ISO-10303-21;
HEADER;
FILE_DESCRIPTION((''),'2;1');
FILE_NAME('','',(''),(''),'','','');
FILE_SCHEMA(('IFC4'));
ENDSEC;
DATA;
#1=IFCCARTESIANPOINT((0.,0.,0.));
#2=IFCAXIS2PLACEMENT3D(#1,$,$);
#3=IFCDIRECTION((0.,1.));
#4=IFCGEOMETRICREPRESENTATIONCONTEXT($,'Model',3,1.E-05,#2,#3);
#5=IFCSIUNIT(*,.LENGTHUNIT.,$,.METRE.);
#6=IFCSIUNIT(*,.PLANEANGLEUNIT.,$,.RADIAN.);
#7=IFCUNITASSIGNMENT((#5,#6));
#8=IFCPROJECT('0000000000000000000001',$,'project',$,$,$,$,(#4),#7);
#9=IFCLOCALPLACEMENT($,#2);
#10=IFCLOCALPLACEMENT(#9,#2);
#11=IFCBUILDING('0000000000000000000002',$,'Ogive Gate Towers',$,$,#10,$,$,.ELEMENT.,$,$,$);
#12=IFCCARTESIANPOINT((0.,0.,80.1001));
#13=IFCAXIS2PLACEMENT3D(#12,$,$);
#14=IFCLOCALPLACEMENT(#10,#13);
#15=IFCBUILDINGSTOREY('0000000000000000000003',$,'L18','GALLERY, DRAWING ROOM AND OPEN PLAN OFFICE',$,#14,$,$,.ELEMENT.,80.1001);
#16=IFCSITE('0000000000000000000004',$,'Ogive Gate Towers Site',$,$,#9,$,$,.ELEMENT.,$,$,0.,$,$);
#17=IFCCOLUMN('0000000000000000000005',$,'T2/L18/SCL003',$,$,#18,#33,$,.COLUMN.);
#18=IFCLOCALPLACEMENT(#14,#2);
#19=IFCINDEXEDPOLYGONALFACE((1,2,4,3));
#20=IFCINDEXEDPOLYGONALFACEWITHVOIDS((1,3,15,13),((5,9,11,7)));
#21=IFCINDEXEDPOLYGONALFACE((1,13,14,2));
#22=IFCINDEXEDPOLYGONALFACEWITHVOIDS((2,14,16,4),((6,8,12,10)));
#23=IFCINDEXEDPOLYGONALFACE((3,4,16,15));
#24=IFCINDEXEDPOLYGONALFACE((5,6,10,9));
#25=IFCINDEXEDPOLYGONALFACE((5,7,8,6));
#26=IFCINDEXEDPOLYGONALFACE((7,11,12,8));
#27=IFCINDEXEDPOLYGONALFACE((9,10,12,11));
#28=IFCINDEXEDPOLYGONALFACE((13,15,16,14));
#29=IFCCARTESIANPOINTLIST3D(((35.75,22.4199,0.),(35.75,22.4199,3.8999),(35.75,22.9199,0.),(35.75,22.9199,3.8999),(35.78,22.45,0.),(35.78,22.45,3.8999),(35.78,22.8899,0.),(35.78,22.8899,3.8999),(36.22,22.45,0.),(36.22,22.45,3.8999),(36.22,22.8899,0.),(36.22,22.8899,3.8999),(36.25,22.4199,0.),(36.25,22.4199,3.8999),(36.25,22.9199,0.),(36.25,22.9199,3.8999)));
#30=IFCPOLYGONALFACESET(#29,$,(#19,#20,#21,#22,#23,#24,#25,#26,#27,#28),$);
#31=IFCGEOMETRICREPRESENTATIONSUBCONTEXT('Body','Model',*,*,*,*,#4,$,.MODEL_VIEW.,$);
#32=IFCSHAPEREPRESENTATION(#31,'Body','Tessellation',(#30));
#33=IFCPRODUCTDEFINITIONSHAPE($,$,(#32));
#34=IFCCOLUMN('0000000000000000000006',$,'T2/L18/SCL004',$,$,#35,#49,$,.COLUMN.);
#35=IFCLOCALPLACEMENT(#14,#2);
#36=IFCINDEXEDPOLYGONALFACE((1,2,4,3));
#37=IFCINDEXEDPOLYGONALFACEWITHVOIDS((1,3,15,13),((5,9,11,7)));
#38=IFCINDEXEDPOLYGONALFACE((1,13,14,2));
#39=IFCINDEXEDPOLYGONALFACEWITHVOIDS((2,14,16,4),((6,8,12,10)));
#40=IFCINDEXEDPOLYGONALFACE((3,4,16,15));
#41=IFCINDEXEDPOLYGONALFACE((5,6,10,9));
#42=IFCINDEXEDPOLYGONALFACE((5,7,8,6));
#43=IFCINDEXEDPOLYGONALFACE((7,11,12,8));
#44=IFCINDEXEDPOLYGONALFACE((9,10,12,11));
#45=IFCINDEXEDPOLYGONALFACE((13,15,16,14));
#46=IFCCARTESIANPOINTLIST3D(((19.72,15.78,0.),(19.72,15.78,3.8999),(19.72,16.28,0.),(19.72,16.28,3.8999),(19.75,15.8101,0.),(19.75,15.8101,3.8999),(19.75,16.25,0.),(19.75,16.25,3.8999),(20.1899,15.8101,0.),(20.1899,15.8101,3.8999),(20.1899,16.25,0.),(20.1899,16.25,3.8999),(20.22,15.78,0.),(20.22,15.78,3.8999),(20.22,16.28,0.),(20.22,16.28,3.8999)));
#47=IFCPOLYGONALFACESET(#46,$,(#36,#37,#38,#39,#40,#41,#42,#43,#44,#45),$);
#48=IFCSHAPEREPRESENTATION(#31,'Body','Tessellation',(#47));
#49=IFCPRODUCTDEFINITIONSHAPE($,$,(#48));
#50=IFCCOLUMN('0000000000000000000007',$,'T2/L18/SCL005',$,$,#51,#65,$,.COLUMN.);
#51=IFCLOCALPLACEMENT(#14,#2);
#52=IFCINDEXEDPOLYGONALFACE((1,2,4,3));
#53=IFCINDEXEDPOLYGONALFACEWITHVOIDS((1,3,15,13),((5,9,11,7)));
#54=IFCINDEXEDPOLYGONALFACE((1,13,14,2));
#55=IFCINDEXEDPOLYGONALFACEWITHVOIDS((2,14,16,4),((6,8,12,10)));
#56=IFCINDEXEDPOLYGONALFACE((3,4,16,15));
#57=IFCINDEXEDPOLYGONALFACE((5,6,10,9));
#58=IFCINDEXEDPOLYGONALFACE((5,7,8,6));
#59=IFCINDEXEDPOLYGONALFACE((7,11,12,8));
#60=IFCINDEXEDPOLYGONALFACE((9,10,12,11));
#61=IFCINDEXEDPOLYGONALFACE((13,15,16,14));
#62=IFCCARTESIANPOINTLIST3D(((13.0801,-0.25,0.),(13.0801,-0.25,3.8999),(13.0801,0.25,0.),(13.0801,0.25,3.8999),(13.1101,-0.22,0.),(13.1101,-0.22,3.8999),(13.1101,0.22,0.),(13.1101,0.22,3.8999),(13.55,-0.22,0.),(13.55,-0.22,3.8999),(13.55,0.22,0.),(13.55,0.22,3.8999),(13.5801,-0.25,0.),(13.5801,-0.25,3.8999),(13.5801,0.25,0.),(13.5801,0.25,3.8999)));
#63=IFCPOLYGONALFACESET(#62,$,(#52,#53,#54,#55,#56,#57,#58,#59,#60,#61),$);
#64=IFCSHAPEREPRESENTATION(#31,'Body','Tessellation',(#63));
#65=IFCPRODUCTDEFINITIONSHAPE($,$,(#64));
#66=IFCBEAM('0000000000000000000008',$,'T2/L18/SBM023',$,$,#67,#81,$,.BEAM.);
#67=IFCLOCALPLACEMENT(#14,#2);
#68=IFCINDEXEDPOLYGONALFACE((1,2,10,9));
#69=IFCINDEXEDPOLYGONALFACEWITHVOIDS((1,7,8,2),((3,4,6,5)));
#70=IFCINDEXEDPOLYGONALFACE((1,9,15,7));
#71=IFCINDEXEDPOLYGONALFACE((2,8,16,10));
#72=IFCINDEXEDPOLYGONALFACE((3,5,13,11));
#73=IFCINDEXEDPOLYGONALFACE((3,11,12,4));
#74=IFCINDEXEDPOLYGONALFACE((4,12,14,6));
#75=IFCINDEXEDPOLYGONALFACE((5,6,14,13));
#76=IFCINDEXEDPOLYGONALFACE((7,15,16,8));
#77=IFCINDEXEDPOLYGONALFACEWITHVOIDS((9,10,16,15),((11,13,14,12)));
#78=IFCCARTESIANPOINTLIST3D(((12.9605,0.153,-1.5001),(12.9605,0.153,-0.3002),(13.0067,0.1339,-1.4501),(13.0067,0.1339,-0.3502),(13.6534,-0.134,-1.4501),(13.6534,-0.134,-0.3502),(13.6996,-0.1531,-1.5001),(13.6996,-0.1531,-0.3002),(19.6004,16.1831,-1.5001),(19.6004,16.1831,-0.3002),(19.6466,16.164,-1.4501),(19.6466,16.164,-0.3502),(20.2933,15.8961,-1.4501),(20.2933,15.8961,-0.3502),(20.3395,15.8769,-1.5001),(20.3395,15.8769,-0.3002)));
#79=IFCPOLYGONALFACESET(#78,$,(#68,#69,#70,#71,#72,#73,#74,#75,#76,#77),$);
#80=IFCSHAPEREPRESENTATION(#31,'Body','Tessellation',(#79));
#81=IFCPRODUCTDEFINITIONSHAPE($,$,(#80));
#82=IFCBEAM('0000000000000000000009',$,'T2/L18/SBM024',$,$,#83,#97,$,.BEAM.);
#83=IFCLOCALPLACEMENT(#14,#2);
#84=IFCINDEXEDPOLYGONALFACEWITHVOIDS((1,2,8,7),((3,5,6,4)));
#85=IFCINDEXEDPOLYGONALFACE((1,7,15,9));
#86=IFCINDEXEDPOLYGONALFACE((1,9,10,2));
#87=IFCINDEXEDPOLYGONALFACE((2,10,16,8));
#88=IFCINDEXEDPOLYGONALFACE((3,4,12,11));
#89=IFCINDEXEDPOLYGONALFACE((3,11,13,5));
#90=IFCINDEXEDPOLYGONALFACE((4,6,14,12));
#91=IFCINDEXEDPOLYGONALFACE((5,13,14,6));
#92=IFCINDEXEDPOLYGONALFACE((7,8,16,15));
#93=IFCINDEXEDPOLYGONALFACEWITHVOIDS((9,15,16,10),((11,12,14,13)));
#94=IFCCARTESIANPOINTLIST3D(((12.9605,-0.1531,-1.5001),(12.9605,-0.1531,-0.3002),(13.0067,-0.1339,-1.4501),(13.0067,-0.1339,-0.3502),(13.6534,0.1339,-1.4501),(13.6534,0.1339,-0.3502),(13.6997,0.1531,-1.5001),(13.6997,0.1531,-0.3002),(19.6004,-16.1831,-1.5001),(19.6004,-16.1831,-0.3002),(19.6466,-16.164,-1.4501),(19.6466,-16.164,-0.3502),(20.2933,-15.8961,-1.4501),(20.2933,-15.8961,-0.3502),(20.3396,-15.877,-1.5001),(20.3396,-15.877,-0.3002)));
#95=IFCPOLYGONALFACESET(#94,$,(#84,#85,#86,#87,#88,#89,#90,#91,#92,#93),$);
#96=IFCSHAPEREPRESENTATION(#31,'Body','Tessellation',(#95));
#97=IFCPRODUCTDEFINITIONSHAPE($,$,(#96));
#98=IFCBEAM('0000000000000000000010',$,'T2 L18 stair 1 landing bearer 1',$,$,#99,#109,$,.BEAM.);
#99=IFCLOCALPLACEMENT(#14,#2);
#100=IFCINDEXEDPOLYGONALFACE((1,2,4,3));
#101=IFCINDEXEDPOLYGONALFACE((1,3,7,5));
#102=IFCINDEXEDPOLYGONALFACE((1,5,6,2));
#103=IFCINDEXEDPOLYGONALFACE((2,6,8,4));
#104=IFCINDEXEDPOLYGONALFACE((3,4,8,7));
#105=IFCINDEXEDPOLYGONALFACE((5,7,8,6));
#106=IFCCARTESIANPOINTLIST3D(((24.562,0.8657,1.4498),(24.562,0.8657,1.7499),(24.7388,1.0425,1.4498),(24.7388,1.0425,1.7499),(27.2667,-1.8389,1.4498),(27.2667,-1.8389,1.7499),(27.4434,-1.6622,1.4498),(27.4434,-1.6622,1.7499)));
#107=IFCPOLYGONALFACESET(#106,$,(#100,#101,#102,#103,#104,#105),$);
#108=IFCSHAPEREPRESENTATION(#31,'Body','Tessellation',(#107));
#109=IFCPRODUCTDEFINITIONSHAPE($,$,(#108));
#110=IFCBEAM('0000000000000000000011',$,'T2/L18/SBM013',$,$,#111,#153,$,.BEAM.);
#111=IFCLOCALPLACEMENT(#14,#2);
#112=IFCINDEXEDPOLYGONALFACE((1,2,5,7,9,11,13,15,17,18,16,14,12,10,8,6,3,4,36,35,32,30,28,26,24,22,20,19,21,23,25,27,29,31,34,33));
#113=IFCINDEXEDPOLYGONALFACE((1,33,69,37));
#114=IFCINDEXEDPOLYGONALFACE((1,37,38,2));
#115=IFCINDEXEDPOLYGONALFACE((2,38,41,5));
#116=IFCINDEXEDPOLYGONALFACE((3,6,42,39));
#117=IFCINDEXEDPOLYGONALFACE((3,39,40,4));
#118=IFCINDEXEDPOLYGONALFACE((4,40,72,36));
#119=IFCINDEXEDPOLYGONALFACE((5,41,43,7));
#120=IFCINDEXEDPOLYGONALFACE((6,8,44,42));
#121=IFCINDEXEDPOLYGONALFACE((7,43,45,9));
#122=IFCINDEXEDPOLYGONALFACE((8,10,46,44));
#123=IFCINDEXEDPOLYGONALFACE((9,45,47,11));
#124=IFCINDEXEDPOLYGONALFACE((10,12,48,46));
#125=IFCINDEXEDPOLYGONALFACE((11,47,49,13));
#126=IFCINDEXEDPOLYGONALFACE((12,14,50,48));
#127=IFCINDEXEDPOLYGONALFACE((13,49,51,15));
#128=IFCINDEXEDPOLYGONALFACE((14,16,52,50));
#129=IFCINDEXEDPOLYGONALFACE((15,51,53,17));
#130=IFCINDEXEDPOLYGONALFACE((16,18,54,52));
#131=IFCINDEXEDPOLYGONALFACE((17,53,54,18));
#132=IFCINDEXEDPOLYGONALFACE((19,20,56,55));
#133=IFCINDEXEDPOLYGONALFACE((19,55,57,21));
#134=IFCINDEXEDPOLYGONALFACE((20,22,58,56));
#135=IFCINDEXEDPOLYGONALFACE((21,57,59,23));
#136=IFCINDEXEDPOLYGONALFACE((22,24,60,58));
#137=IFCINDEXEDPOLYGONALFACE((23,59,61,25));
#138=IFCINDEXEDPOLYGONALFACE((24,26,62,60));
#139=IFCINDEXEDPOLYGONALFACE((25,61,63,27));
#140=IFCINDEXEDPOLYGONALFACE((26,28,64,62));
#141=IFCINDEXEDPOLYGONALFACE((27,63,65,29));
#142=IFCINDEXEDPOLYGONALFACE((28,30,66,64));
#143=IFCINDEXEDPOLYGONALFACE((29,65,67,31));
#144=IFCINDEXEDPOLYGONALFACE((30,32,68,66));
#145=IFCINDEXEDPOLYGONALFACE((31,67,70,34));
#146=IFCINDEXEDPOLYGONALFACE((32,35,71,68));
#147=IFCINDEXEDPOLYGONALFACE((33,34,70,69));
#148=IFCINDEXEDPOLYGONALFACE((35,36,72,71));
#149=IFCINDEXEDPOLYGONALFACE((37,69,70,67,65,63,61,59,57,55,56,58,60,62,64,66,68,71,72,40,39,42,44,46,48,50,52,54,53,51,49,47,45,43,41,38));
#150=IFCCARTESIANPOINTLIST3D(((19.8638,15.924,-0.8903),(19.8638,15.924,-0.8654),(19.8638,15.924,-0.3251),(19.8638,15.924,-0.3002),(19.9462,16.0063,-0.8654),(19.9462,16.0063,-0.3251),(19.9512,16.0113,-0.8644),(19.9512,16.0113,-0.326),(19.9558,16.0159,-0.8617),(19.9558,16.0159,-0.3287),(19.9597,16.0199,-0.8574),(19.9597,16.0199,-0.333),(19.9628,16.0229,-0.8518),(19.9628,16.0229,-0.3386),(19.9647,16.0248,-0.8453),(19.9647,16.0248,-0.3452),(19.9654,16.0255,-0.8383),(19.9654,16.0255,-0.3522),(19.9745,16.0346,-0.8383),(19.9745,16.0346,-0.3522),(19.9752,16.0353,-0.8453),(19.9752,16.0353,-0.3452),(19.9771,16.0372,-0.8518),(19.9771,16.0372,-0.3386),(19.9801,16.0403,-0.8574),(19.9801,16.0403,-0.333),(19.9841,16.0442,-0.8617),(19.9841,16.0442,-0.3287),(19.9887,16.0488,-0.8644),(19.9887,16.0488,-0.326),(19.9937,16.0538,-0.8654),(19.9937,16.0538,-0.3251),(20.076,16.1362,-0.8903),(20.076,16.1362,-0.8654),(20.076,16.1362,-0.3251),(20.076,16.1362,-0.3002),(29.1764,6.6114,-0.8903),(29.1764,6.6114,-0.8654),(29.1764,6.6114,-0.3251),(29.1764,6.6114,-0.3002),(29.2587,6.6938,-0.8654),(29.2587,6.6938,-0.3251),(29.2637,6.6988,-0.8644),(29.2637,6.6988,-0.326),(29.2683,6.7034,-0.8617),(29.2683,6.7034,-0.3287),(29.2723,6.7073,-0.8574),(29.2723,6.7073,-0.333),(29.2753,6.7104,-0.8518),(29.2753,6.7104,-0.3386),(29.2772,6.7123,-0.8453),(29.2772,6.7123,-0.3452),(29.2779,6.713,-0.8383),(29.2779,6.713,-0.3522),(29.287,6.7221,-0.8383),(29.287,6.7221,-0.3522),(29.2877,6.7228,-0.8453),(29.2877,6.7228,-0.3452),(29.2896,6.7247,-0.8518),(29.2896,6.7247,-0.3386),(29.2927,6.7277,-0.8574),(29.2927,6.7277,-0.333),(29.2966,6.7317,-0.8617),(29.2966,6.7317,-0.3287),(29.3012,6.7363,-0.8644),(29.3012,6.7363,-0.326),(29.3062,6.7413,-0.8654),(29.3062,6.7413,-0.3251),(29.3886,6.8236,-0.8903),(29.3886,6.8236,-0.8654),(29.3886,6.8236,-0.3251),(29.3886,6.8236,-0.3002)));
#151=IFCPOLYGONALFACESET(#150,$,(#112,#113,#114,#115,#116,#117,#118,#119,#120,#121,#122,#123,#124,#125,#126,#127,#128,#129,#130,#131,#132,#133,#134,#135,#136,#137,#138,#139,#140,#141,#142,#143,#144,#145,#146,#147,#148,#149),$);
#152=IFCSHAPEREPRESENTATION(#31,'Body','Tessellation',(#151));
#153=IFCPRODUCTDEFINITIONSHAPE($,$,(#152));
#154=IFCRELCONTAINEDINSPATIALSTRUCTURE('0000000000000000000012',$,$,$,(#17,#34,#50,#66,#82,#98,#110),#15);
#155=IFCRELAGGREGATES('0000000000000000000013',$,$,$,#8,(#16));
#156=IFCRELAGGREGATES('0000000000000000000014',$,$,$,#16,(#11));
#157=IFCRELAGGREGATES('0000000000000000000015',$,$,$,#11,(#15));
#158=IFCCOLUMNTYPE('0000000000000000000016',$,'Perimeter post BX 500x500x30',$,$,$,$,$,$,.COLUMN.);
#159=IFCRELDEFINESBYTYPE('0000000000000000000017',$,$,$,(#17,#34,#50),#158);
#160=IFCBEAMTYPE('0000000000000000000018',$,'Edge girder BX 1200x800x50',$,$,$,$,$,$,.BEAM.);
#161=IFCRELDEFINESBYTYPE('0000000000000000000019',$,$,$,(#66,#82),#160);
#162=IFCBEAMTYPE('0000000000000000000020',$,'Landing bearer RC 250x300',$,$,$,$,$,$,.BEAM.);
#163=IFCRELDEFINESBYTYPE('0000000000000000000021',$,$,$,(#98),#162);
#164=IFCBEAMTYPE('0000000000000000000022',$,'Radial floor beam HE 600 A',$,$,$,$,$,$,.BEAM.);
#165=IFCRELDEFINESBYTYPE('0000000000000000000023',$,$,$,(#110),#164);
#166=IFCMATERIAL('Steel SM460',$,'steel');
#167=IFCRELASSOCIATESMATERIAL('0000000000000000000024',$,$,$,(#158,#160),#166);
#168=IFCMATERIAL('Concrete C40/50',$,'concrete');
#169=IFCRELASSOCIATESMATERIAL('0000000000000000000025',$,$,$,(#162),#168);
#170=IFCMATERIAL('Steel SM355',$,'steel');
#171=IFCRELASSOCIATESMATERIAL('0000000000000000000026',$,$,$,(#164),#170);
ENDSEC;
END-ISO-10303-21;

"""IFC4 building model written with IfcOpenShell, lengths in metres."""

from ifc_helpers import new_model, si_unit, direction, frame, origin, origin_2d, place, context, subcontext, project, spatial, rectangle, hollow_rectangle, i_section, extrude, material, material_profile, profile_set, type_object, element, save


model = new_model("IFC4")

# Units and contexts
model_context = context("Model", 3, precision=1e-05, world=origin(), true_north=direction((0.0, 1.0)))
body_context = subcontext(model_context, "Body", "Model", "MODEL_VIEW")
ifc_project = project(units=[si_unit("LENGTHUNIT", "METRE"), si_unit("PLANEANGLEUNIT", "RADIAN")], contexts=[model_context])

# Site, building, storey
site_placement = place(None, origin())
site = spatial("IfcSite", under=ifc_project, at=site_placement, Name="Ogive Gate Towers Site", CompositionType="ELEMENT", RefElevation=0.0)
building_placement = place(site_placement, origin())
building = spatial("IfcBuilding", under=site, at=building_placement, Name="Ogive Gate Towers", CompositionType="ELEMENT")
storey_placement = place(building_placement, frame((0.0, 0.0, 80.1001)))
storey = spatial("IfcBuildingStorey", under=building, at=storey_placement, Name="L18", Description="GALLERY, DRAWING ROOM AND OPEN PLAN OFFICE", CompositionType="ELEMENT", Elevation=80.1001)

# Columns
ifc_material_1 = material(Name="Steel SM460", Category="steel")
ifc_material_profile_1 = material_profile(ifc_material_1, hollow_rectangle(XDim=0.5, YDim=0.5, WallThickness=0.03, at=origin_2d()), Name="BX 500x500x30")
ifc_profile_set_1 = profile_set([ifc_material_profile_1], Name="Steel SM460")
column_type = type_object("IfcColumnType", Name="Perimeter post BX 500x500x30", PredefinedType="COLUMN", material=ifc_profile_set_1)
for number, where, z_axis, x_axis, name in (
    (1, (36.0, 22.6699, 0.0), (0.0, 0.0, 1.0), (1.0, 0.0, 0.0), "T2/L18/SCL003"),
    (2, (19.97, 16.03, 0.0), (0.0, 0.0, 1.0), (1.0, 0.0, 0.0), "T2/L18/SCL004"),
    (3, (13.3301, 0.0, 0.0), (0.0, 0.0, 1.0), (1.0, 0.0, 0.0), "T2/L18/SCL005"),
):
    element("IfcColumn", number, at=place(storey_placement, frame(where, z_axis=z_axis, x_axis=x_axis)), inside=storey, type_object=column_type, Name=name, PredefinedType="COLUMN", context=body_context, shape_type="SweptSolid", body=[
        extrude(hollow_rectangle(XDim=0.5, YDim=0.5, WallThickness=0.03, at=origin_2d()), origin(), (0.0, 0.0, 1.0), 3.8999),
    ])

# Beams
ifc_material_profile_2 = material_profile(ifc_material_1, hollow_rectangle(XDim=0.8, YDim=1.2, WallThickness=0.05, at=origin_2d()), Name="BX 1200x800x50")
ifc_profile_set_2 = profile_set([ifc_material_profile_2], Name="Steel SM460")
beam_type_1 = type_object("IfcBeamType", Name="Edge girder BX 1200x800x50", PredefinedType="BEAM", material=ifc_profile_set_2)
for number, where, z_axis, x_axis, name in (
    (4, (19.97, 16.03, -0.9001), (-0.382685, -0.923879, 0.0), (0.923879, -0.382685, 0.0), "T2/L18/SBM023"),
    (5, (13.3301, 0.0, -0.9001), (0.382685, -0.923879, 0.0), (0.923879, 0.382685, 0.0), "T2/L18/SBM024"),
):
    element("IfcBeam", number, at=place(storey_placement, frame(where, z_axis=z_axis, x_axis=x_axis)), inside=storey, type_object=beam_type_1, Name=name, PredefinedType="BEAM", context=body_context, shape_type="SweptSolid", body=[
        extrude(hollow_rectangle(XDim=0.8, YDim=1.2, WallThickness=0.05, at=origin_2d()), origin(), (0.0, 0.0, 1.0), 17.3508),
    ])
ifc_material_2 = material(Name="Concrete C40/50", Category="concrete")
ifc_material_profile_3 = material_profile(ifc_material_2, rectangle(XDim=0.25, YDim=0.3, at=origin_2d()), Name="RC 250x300")
ifc_profile_set_3 = profile_set([ifc_material_profile_3], Name="Concrete C40/50")
beam_type_2 = type_object("IfcBeamType", Name="Landing bearer RC 250x300", PredefinedType="BEAM", material=ifc_profile_set_3)
beam_1_placement = place(storey_placement, frame((24.6504, 0.9541, 1.5999), z_axis=(0.707107, -0.707107, 0.0), x_axis=(0.707107, 0.707107, 0.0)))
element("IfcBeam", 6, at=beam_1_placement, inside=storey, type_object=beam_type_2, Name="T2 L18 stair 1 landing bearer 1", PredefinedType="BEAM", context=body_context, shape_type="SweptSolid", body=[
    extrude(rectangle(XDim=0.25, YDim=0.3, at=origin_2d()), origin(), (0.0, 0.0, 1.0), 3.825),
])
ifc_material_3 = material(Name="Steel SM355", Category="steel")
ifc_material_profile_4 = material_profile(ifc_material_3, i_section(OverallWidth=0.3, OverallDepth=0.5901, WebThickness=0.0129, FlangeThickness=0.0249, FilletRadius=0.0271, at=origin_2d()), Name="HE 600 A")
ifc_profile_set_4 = profile_set([ifc_material_profile_4], Name="Steel SM355")
beam_type_3 = type_object("IfcBeamType", Name="Radial floor beam HE 600 A", PredefinedType="BEAM", material=ifc_profile_set_4)
beam_2_placement = place(storey_placement, frame((29.2825, 6.7175, -0.5952), z_axis=(-0.707107, 0.707107, 0.0), x_axis=(-0.707107, -0.707107, 0.0)))
element("IfcBeam", 7, at=beam_2_placement, inside=storey, type_object=beam_type_3, Name="T2/L18/SBM013", PredefinedType="BEAM", context=body_context, shape_type="SweptSolid", body=[
    extrude(i_section(OverallWidth=0.3, OverallDepth=0.5901, WebThickness=0.0129, FlangeThickness=0.0249, FilletRadius=0.0271, at=origin_2d()), origin(), (0.0, 0.0, 1.0), 13.1699),
])

save(model, "model.ifc")
